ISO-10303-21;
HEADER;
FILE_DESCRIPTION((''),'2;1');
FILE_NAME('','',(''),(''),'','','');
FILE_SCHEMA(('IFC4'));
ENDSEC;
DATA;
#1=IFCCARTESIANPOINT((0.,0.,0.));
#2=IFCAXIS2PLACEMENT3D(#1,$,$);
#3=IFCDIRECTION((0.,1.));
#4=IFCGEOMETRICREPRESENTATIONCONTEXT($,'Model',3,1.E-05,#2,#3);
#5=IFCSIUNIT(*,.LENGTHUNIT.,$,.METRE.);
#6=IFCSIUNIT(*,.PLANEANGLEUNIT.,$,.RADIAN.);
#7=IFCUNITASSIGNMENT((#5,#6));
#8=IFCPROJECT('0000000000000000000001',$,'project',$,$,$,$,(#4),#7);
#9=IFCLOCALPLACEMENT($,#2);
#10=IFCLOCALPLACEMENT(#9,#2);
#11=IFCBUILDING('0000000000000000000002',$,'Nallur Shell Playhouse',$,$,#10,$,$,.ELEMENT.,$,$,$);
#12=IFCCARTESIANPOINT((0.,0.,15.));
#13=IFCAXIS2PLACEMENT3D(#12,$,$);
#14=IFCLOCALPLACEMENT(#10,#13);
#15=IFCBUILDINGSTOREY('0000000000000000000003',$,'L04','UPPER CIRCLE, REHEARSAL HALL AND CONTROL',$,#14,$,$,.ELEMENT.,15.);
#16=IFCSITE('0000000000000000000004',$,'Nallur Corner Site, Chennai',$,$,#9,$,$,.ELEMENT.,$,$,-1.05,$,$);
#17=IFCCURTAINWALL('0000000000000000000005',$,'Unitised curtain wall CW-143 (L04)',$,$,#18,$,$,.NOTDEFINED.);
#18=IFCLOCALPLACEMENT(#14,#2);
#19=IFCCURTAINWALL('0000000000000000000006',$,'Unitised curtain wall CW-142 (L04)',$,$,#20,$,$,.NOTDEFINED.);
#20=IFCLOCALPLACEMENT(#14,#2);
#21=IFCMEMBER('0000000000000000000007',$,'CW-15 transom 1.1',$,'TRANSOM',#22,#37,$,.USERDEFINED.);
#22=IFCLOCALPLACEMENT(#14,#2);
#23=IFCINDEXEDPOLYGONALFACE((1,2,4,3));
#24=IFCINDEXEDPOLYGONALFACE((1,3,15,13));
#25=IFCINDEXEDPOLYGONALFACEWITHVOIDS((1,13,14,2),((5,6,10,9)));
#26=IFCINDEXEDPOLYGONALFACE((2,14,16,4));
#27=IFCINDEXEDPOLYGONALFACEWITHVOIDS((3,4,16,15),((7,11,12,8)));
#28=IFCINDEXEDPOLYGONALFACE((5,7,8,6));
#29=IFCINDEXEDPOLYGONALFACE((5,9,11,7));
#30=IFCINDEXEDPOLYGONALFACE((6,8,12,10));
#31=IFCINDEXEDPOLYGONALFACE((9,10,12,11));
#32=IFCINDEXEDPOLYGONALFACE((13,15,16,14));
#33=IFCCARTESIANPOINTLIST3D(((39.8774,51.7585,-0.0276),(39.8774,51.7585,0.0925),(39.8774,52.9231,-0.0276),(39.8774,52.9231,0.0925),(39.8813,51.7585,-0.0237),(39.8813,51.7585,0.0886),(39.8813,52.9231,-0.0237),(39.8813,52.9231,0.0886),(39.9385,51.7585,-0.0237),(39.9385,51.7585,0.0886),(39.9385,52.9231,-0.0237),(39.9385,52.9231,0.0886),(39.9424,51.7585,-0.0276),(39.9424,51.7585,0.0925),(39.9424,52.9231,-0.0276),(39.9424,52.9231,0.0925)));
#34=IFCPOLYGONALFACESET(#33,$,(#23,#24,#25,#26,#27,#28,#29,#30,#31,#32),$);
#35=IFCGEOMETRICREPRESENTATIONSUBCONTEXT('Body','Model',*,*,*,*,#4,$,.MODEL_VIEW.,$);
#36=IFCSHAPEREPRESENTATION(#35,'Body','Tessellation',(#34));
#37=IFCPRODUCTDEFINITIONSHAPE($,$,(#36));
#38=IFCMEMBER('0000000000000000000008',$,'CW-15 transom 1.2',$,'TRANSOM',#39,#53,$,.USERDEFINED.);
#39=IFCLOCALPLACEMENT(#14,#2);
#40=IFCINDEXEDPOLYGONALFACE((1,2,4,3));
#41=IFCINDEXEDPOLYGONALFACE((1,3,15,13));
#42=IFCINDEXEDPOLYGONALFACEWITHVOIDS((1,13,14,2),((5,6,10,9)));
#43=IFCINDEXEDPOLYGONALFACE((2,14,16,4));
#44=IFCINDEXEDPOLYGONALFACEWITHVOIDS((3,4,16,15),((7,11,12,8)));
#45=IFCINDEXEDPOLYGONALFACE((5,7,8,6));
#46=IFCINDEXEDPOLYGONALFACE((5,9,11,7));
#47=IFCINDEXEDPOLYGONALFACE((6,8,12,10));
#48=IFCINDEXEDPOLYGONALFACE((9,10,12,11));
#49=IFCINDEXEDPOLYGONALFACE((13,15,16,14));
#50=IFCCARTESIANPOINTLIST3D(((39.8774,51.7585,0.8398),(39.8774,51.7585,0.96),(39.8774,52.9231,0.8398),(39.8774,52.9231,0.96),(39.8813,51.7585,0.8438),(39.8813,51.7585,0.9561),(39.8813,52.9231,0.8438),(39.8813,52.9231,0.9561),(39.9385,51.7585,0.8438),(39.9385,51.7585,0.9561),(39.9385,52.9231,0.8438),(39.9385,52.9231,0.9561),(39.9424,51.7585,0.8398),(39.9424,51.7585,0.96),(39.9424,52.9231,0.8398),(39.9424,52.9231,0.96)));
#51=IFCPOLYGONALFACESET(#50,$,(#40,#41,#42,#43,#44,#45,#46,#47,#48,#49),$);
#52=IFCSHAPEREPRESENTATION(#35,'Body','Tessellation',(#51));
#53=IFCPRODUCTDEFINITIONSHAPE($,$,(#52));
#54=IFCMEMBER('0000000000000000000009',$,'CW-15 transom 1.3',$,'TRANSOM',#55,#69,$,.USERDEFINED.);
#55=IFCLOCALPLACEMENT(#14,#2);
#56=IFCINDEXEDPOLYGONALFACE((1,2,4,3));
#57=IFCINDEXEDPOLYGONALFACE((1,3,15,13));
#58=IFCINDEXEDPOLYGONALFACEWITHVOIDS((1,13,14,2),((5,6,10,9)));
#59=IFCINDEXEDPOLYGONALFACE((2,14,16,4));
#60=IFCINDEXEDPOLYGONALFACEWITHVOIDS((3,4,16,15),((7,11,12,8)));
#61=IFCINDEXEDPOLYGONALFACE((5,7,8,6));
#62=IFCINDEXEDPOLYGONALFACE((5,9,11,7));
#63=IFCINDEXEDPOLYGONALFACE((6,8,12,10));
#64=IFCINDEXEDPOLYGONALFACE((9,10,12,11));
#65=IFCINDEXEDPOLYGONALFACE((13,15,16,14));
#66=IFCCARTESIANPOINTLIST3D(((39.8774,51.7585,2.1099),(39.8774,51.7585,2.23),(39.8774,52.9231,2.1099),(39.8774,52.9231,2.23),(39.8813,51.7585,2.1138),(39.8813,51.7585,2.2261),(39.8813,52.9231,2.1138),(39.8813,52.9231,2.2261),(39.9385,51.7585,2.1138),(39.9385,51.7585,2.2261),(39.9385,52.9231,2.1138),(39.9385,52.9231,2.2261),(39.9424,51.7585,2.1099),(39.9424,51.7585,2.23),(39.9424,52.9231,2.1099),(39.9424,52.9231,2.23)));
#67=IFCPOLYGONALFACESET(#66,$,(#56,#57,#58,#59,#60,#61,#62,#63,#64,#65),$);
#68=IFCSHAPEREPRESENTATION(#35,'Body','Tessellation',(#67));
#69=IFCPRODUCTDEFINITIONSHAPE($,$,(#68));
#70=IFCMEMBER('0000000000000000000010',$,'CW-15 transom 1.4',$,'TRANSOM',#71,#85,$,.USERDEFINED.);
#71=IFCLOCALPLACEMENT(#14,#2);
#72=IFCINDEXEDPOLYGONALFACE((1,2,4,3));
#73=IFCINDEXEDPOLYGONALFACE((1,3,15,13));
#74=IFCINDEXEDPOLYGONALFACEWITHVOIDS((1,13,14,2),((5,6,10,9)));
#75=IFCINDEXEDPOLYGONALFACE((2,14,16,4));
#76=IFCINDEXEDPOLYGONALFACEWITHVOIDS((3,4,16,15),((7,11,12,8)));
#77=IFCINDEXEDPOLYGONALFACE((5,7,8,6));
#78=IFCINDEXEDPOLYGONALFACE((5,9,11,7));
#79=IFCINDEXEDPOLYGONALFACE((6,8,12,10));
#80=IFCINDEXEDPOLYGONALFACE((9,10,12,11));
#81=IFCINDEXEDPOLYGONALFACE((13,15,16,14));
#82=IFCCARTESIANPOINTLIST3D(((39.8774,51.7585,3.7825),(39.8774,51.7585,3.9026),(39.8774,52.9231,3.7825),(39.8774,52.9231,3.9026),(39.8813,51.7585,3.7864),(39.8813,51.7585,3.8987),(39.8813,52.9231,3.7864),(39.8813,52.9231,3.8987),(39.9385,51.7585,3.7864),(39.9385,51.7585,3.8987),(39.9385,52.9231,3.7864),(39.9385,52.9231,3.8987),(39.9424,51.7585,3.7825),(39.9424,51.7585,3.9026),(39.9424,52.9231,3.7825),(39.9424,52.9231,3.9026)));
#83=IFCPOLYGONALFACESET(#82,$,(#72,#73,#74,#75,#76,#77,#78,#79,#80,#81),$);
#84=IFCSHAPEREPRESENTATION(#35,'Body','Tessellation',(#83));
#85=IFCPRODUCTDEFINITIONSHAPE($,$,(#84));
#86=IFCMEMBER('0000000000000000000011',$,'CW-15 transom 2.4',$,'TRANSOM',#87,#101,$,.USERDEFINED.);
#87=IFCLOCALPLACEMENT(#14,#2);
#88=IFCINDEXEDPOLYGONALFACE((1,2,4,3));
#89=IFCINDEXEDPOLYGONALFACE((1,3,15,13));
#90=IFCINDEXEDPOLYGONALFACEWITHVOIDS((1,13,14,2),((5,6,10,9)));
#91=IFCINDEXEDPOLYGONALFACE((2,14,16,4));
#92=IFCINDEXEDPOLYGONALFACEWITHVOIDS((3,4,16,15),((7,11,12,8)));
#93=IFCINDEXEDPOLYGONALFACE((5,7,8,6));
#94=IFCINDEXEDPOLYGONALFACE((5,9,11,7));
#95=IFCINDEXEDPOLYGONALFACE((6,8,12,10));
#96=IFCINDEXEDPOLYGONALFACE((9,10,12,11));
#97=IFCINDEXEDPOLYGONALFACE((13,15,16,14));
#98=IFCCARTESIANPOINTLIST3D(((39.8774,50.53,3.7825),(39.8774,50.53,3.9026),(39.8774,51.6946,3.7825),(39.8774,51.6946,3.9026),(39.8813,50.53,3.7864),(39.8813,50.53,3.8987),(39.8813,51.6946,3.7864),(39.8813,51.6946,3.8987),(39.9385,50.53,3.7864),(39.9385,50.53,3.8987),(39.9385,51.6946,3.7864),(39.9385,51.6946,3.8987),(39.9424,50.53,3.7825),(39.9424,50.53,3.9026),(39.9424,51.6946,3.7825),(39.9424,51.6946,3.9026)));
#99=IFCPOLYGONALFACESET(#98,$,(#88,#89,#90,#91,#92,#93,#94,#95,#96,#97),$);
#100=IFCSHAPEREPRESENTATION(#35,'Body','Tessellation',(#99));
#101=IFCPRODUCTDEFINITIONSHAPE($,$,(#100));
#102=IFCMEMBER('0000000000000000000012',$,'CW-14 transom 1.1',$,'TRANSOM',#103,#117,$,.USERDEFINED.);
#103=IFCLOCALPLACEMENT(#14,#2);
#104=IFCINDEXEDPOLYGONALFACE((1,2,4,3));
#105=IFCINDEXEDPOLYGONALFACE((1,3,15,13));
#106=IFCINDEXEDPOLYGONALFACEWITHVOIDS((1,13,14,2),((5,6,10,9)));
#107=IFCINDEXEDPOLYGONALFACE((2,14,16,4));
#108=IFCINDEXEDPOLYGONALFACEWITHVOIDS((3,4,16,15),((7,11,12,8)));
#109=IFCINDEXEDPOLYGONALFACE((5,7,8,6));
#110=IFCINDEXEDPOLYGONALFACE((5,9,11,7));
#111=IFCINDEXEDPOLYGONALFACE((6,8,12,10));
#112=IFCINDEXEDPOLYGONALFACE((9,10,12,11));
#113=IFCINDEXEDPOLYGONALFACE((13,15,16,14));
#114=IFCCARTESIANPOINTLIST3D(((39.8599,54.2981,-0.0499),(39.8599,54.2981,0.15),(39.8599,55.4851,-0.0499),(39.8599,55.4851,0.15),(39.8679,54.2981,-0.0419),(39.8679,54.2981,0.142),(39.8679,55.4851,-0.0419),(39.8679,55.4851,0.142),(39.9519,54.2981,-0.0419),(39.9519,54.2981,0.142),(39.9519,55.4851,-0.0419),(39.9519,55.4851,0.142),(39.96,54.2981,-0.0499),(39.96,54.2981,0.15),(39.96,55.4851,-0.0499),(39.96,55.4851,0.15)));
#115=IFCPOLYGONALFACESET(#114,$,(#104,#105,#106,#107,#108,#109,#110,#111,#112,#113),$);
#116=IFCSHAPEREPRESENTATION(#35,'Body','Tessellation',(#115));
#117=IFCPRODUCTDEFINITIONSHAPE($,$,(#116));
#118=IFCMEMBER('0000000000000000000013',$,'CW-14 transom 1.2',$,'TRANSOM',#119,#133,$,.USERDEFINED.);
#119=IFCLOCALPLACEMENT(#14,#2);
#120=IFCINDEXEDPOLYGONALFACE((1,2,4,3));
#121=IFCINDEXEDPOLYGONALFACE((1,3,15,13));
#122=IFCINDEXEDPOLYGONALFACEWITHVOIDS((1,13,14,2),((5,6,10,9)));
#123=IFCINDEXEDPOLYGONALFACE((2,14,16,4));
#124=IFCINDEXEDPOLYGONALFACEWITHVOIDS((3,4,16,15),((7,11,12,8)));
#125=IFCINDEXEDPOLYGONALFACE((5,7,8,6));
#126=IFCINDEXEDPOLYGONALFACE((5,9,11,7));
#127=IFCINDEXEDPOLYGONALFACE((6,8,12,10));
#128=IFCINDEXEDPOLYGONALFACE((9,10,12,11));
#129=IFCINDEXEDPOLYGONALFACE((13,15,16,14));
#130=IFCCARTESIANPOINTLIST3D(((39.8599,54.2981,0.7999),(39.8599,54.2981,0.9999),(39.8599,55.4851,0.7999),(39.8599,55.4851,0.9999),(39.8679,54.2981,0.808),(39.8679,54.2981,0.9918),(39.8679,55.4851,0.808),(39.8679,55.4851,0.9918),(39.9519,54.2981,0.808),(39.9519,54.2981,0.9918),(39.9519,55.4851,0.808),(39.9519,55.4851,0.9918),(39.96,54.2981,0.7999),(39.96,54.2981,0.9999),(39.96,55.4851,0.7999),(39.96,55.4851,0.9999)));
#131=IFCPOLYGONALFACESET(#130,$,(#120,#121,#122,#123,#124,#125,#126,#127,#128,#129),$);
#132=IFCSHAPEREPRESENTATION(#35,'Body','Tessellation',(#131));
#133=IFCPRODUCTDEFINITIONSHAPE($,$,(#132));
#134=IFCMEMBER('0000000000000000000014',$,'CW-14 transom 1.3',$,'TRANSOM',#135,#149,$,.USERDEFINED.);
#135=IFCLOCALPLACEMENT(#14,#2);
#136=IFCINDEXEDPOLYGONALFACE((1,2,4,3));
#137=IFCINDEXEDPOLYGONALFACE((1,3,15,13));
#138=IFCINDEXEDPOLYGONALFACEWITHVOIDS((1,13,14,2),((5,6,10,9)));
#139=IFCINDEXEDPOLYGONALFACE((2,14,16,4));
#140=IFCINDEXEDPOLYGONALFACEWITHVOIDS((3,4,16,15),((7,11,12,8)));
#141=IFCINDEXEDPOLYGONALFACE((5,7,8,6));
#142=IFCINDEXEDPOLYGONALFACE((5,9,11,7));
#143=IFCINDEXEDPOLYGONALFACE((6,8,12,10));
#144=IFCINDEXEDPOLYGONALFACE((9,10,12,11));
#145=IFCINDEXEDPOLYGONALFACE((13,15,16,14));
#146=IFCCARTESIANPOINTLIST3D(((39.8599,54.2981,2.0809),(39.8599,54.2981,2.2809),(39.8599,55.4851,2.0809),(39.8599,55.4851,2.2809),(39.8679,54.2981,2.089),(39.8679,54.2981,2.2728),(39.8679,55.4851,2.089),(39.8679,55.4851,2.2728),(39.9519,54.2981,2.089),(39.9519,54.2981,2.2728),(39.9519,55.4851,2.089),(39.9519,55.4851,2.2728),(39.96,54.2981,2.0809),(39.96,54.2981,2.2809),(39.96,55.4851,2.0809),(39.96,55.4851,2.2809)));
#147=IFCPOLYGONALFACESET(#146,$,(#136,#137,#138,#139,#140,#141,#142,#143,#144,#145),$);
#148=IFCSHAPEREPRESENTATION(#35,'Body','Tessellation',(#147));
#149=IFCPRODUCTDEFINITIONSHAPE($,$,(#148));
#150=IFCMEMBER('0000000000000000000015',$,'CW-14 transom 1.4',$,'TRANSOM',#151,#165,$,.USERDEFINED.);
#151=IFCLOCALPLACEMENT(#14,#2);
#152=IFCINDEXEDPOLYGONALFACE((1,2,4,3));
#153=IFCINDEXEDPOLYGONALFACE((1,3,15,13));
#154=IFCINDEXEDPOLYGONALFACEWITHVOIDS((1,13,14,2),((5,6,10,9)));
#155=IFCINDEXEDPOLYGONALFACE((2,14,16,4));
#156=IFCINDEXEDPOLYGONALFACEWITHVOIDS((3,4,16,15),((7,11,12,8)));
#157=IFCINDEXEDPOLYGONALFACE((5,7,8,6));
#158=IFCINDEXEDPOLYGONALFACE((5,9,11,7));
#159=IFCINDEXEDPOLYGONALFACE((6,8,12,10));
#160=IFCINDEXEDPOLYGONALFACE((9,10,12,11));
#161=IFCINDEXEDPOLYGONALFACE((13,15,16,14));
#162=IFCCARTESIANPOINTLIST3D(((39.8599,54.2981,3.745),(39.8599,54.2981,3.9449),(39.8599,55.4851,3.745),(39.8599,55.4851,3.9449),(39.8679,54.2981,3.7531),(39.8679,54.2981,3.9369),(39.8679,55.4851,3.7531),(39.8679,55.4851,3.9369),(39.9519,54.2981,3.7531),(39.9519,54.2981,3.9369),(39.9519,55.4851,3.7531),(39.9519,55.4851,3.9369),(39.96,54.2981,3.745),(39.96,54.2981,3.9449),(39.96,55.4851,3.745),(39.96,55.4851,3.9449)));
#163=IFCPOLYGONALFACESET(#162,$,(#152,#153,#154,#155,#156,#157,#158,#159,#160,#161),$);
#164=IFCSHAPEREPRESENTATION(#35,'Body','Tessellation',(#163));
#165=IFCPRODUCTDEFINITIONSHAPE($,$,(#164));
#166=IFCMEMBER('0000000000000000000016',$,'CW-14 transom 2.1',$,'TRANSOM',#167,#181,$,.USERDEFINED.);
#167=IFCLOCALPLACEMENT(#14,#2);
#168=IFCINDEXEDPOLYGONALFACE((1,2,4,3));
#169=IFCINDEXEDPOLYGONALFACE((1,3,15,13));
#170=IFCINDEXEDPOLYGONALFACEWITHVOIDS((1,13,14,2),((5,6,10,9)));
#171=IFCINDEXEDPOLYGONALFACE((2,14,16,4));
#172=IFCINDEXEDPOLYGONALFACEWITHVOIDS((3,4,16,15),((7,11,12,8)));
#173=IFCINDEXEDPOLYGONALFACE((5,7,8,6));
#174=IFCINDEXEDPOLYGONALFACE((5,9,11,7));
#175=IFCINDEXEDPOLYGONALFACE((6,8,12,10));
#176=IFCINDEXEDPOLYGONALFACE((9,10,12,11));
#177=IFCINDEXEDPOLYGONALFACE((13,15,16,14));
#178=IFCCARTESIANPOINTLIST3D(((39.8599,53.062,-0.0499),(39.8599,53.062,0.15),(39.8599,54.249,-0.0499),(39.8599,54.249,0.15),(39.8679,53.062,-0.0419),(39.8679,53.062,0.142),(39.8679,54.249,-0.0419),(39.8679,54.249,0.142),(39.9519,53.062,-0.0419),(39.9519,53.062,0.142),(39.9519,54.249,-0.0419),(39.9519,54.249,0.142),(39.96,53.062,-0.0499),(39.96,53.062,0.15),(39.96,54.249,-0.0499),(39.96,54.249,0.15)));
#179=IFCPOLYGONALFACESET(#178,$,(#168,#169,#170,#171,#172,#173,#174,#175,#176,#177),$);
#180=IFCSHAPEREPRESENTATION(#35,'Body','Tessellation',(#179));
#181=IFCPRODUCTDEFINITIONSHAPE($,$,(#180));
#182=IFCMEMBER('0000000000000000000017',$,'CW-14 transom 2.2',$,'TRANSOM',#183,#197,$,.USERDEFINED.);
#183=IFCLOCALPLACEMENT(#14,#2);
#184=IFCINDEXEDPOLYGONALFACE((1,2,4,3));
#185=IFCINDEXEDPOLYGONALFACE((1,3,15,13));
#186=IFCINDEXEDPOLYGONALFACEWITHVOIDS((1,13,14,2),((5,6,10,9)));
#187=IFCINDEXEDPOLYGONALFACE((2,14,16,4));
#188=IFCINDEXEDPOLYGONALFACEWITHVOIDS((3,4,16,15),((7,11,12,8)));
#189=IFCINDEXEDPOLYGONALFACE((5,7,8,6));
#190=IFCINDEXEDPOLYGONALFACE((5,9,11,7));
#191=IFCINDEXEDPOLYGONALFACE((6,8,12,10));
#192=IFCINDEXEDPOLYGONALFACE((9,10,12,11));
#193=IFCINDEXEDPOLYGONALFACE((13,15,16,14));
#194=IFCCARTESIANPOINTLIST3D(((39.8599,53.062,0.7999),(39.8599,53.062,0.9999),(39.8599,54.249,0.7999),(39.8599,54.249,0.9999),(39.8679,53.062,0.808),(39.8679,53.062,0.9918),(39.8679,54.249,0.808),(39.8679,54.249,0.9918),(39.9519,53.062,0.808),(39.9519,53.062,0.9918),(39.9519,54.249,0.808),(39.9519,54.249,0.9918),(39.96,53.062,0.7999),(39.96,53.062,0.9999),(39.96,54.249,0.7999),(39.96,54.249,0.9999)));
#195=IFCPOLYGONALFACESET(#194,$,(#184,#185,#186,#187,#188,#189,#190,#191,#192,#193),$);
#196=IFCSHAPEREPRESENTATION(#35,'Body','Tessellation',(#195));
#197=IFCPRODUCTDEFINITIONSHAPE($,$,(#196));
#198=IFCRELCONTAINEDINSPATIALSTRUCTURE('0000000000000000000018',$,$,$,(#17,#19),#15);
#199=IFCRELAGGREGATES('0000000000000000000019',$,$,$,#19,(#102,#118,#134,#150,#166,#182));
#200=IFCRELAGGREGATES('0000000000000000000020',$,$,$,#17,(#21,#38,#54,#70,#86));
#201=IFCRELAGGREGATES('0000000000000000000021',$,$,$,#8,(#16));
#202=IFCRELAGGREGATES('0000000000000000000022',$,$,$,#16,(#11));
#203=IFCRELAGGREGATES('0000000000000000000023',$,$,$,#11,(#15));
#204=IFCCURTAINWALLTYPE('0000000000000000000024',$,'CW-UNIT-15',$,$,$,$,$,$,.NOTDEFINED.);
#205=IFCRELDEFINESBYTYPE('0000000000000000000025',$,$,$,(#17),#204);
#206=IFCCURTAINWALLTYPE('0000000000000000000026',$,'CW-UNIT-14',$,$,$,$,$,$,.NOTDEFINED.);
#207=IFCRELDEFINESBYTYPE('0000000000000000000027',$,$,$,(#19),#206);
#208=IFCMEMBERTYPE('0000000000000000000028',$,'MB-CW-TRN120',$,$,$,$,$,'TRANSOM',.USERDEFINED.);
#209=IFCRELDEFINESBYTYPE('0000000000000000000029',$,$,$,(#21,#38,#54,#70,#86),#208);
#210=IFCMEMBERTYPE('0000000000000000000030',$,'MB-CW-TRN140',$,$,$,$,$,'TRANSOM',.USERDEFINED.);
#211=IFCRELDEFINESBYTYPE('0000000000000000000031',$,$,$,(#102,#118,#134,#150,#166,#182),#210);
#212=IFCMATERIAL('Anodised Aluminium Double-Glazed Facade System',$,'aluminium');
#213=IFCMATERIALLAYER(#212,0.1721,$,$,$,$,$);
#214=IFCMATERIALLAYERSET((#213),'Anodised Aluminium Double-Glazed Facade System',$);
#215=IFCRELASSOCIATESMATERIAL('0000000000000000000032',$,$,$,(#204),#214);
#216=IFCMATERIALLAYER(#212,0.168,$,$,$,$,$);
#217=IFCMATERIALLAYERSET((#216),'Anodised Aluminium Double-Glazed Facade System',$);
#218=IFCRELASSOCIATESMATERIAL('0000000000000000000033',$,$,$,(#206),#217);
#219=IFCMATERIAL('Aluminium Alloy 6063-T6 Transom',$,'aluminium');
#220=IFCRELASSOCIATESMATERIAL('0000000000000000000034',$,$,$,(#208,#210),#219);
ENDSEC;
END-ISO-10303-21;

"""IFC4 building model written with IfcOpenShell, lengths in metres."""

from ifc_helpers import new_model, si_unit, direction, frame, origin, origin_2d, place, context, subcontext, project, spatial, hollow_rectangle, extrude, material, layer, layer_set, material_profile, profile_set, type_object, element, aggregate, save


model = new_model("IFC4")

# Units and contexts
model_context = context("Model", 3, precision=1e-05, world=origin(), true_north=direction((0.0, 1.0)))
body_context = subcontext(model_context, "Body", "Model", "MODEL_VIEW")
ifc_project = project(units=[si_unit("LENGTHUNIT", "METRE"), si_unit("PLANEANGLEUNIT", "RADIAN")], contexts=[model_context])

# Site, building, storey
site_placement = place(None, origin())
site = spatial("IfcSite", under=ifc_project, at=site_placement, Name="Nallur Corner Site, Chennai", CompositionType="ELEMENT", RefElevation=-1.05)
building_placement = place(site_placement, origin())
building = spatial("IfcBuilding", under=site, at=building_placement, Name="Nallur Shell Playhouse", CompositionType="ELEMENT")
storey_placement = place(building_placement, frame((0.0, 0.0, 15.0)))
storey = spatial("IfcBuildingStorey", under=building, at=storey_placement, Name="L04", Description="UPPER CIRCLE, REHEARSAL HALL AND CONTROL", CompositionType="ELEMENT", Elevation=15.0)

# Curtain walls
ifc_material_1 = material(Name="Anodised Aluminium Double-Glazed Facade System", Category="aluminium")
ifc_layer_1 = layer(ifc_material_1, 0.1721)
ifc_layer_set_1 = layer_set([ifc_layer_1], Name="Anodised Aluminium Double-Glazed Facade System")
curtain_wall_type_1 = type_object("IfcCurtainWallType", Name="CW-UNIT-15", PredefinedType="NOTDEFINED", material=ifc_layer_set_1)
curtain_wall_1_placement = place(storey_placement, origin())
curtain_wall_1 = element("IfcCurtainWall", 1, at=curtain_wall_1_placement, inside=storey, type_object=curtain_wall_type_1, Name="Unitised curtain wall CW-143 (L04)", PredefinedType="NOTDEFINED")
ifc_layer_2 = layer(ifc_material_1, 0.168)
ifc_layer_set_2 = layer_set([ifc_layer_2], Name="Anodised Aluminium Double-Glazed Facade System")
curtain_wall_type_2 = type_object("IfcCurtainWallType", Name="CW-UNIT-14", PredefinedType="NOTDEFINED", material=ifc_layer_set_2)
curtain_wall_2_placement = place(storey_placement, origin())
curtain_wall_2 = element("IfcCurtainWall", 2, at=curtain_wall_2_placement, inside=storey, type_object=curtain_wall_type_2, Name="Unitised curtain wall CW-142 (L04)", PredefinedType="NOTDEFINED")
ifc_material_2 = material(Name="Aluminium Alloy 6063-T6 Transom", Category="aluminium")
ifc_material_profile_1 = material_profile(ifc_material_2, hollow_rectangle(XDim=0.0649, YDim=0.1201, WallThickness=0.0039, at=origin_2d()), Name="ALU 65x120x4")
ifc_profile_set_1 = profile_set([ifc_material_profile_1], Name="Aluminium Alloy 6063-T6 Transom")
member_type_1 = type_object("IfcMemberType", Name="MB-CW-TRN120", ElementType="TRANSOM", PredefinedType="USERDEFINED", material=ifc_profile_set_1)

# Members
member_1_placement = place(storey_placement, frame((39.9099, 52.9231, 0.0325), z_axis=(0.0, -1.0, 0.0), x_axis=(1.0, 0.0, 0.0)))
member_1 = element("IfcMember", 3, at=member_1_placement, type_object=member_type_1, Name="CW-15 transom 1.1", ObjectType="TRANSOM", PredefinedType="USERDEFINED", context=body_context, shape_type="SweptSolid", body=[
    extrude(hollow_rectangle(XDim=0.0649, YDim=0.1201, WallThickness=0.0039, at=origin_2d()), origin(), (0.0, 0.0, 1.0), 1.1646),
])
member_2_placement = place(storey_placement, frame((39.9099, 52.9231, 0.8999), z_axis=(0.0, -1.0, 0.0), x_axis=(1.0, 0.0, 0.0)))
member_2 = element("IfcMember", 4, at=member_2_placement, type_object=member_type_1, Name="CW-15 transom 1.2", ObjectType="TRANSOM", PredefinedType="USERDEFINED", context=body_context, shape_type="SweptSolid", body=[
    extrude(hollow_rectangle(XDim=0.0649, YDim=0.1201, WallThickness=0.0039, at=origin_2d()), origin(), (0.0, 0.0, 1.0), 1.1646),
])
member_3_placement = place(storey_placement, frame((39.9099, 52.9231, 2.1699), z_axis=(0.0, -1.0, 0.0), x_axis=(1.0, 0.0, 0.0)))
member_3 = element("IfcMember", 5, at=member_3_placement, type_object=member_type_1, Name="CW-15 transom 1.3", ObjectType="TRANSOM", PredefinedType="USERDEFINED", context=body_context, shape_type="SweptSolid", body=[
    extrude(hollow_rectangle(XDim=0.0649, YDim=0.1201, WallThickness=0.0039, at=origin_2d()), origin(), (0.0, 0.0, 1.0), 1.1646),
])
member_4_placement = place(storey_placement, frame((39.9099, 52.9231, 3.8425), z_axis=(0.0, -1.0, 0.0), x_axis=(1.0, 0.0, 0.0)))
member_4 = element("IfcMember", 6, at=member_4_placement, type_object=member_type_1, Name="CW-15 transom 1.4", ObjectType="TRANSOM", PredefinedType="USERDEFINED", context=body_context, shape_type="SweptSolid", body=[
    extrude(hollow_rectangle(XDim=0.0649, YDim=0.1201, WallThickness=0.0039, at=origin_2d()), origin(), (0.0, 0.0, 1.0), 1.1646),
])
member_5_placement = place(storey_placement, frame((39.9099, 51.6946, 3.8425), z_axis=(0.0, -1.0, 0.0), x_axis=(1.0, 0.0, 0.0)))
member_5 = element("IfcMember", 7, at=member_5_placement, type_object=member_type_1, Name="CW-15 transom 2.4", ObjectType="TRANSOM", PredefinedType="USERDEFINED", context=body_context, shape_type="SweptSolid", body=[
    extrude(hollow_rectangle(XDim=0.0649, YDim=0.1201, WallThickness=0.0039, at=origin_2d()), origin(), (0.0, 0.0, 1.0), 1.1646),
])
ifc_material_profile_2 = material_profile(ifc_material_2, hollow_rectangle(XDim=0.1001, YDim=0.2, WallThickness=0.0081, at=origin_2d()), Name="RHS 200x100x8")
ifc_profile_set_2 = profile_set([ifc_material_profile_2], Name="Aluminium Alloy 6063-T6 Transom")
member_type_2 = type_object("IfcMemberType", Name="MB-CW-TRN140", ElementType="TRANSOM", PredefinedType="USERDEFINED", material=ifc_profile_set_2)
member_6_placement = place(storey_placement, frame((39.9099, 55.4851, 0.05), z_axis=(0.0, -1.0, 0.0), x_axis=(1.0, 0.0, 0.0)))
member_6 = element("IfcMember", 8, at=member_6_placement, type_object=member_type_2, Name="CW-14 transom 1.1", ObjectType="TRANSOM", PredefinedType="USERDEFINED", context=body_context, shape_type="SweptSolid", body=[
    extrude(hollow_rectangle(XDim=0.1001, YDim=0.2, WallThickness=0.0081, at=origin_2d()), origin(), (0.0, 0.0, 1.0), 1.187),
])
member_7_placement = place(storey_placement, frame((39.9099, 55.4851, 0.8999), z_axis=(0.0, -1.0, 0.0), x_axis=(1.0, 0.0, 0.0)))
member_7 = element("IfcMember", 9, at=member_7_placement, type_object=member_type_2, Name="CW-14 transom 1.2", ObjectType="TRANSOM", PredefinedType="USERDEFINED", context=body_context, shape_type="SweptSolid", body=[
    extrude(hollow_rectangle(XDim=0.1001, YDim=0.2, WallThickness=0.0081, at=origin_2d()), origin(), (0.0, 0.0, 1.0), 1.187),
])
member_8_placement = place(storey_placement, frame((39.9099, 55.4851, 2.1809), z_axis=(0.0, -1.0, 0.0), x_axis=(1.0, 0.0, 0.0)))
member_8 = element("IfcMember", 10, at=member_8_placement, type_object=member_type_2, Name="CW-14 transom 1.3", ObjectType="TRANSOM", PredefinedType="USERDEFINED", context=body_context, shape_type="SweptSolid", body=[
    extrude(hollow_rectangle(XDim=0.1001, YDim=0.2, WallThickness=0.0081, at=origin_2d()), origin(), (0.0, 0.0, 1.0), 1.187),
])
member_9_placement = place(storey_placement, frame((39.9099, 55.4851, 3.845), z_axis=(0.0, -1.0, 0.0), x_axis=(1.0, 0.0, 0.0)))
member_9 = element("IfcMember", 11, at=member_9_placement, type_object=member_type_2, Name="CW-14 transom 1.4", ObjectType="TRANSOM", PredefinedType="USERDEFINED", context=body_context, shape_type="SweptSolid", body=[
    extrude(hollow_rectangle(XDim=0.1001, YDim=0.2, WallThickness=0.0081, at=origin_2d()), origin(), (0.0, 0.0, 1.0), 1.187),
])
member_10_placement = place(storey_placement, frame((39.9099, 54.249, 0.05), z_axis=(0.0, -1.0, 0.0), x_axis=(1.0, 0.0, 0.0)))
member_10 = element("IfcMember", 12, at=member_10_placement, type_object=member_type_2, Name="CW-14 transom 2.1", ObjectType="TRANSOM", PredefinedType="USERDEFINED", context=body_context, shape_type="SweptSolid", body=[
    extrude(hollow_rectangle(XDim=0.1001, YDim=0.2, WallThickness=0.0081, at=origin_2d()), origin(), (0.0, 0.0, 1.0), 1.187),
])
member_11_placement = place(storey_placement, frame((39.9099, 54.249, 0.8999), z_axis=(0.0, -1.0, 0.0), x_axis=(1.0, 0.0, 0.0)))
member_11 = element("IfcMember", 13, at=member_11_placement, type_object=member_type_2, Name="CW-14 transom 2.2", ObjectType="TRANSOM", PredefinedType="USERDEFINED", context=body_context, shape_type="SweptSolid", body=[
    extrude(hollow_rectangle(XDim=0.1001, YDim=0.2, WallThickness=0.0081, at=origin_2d()), origin(), (0.0, 0.0, 1.0), 1.187),
])

aggregate(curtain_wall_2, [member_6, member_7, member_8, member_9, member_10, member_11])
aggregate(curtain_wall_1, [member_1, member_2, member_3, member_4, member_5])

save(model, "model.ifc")
